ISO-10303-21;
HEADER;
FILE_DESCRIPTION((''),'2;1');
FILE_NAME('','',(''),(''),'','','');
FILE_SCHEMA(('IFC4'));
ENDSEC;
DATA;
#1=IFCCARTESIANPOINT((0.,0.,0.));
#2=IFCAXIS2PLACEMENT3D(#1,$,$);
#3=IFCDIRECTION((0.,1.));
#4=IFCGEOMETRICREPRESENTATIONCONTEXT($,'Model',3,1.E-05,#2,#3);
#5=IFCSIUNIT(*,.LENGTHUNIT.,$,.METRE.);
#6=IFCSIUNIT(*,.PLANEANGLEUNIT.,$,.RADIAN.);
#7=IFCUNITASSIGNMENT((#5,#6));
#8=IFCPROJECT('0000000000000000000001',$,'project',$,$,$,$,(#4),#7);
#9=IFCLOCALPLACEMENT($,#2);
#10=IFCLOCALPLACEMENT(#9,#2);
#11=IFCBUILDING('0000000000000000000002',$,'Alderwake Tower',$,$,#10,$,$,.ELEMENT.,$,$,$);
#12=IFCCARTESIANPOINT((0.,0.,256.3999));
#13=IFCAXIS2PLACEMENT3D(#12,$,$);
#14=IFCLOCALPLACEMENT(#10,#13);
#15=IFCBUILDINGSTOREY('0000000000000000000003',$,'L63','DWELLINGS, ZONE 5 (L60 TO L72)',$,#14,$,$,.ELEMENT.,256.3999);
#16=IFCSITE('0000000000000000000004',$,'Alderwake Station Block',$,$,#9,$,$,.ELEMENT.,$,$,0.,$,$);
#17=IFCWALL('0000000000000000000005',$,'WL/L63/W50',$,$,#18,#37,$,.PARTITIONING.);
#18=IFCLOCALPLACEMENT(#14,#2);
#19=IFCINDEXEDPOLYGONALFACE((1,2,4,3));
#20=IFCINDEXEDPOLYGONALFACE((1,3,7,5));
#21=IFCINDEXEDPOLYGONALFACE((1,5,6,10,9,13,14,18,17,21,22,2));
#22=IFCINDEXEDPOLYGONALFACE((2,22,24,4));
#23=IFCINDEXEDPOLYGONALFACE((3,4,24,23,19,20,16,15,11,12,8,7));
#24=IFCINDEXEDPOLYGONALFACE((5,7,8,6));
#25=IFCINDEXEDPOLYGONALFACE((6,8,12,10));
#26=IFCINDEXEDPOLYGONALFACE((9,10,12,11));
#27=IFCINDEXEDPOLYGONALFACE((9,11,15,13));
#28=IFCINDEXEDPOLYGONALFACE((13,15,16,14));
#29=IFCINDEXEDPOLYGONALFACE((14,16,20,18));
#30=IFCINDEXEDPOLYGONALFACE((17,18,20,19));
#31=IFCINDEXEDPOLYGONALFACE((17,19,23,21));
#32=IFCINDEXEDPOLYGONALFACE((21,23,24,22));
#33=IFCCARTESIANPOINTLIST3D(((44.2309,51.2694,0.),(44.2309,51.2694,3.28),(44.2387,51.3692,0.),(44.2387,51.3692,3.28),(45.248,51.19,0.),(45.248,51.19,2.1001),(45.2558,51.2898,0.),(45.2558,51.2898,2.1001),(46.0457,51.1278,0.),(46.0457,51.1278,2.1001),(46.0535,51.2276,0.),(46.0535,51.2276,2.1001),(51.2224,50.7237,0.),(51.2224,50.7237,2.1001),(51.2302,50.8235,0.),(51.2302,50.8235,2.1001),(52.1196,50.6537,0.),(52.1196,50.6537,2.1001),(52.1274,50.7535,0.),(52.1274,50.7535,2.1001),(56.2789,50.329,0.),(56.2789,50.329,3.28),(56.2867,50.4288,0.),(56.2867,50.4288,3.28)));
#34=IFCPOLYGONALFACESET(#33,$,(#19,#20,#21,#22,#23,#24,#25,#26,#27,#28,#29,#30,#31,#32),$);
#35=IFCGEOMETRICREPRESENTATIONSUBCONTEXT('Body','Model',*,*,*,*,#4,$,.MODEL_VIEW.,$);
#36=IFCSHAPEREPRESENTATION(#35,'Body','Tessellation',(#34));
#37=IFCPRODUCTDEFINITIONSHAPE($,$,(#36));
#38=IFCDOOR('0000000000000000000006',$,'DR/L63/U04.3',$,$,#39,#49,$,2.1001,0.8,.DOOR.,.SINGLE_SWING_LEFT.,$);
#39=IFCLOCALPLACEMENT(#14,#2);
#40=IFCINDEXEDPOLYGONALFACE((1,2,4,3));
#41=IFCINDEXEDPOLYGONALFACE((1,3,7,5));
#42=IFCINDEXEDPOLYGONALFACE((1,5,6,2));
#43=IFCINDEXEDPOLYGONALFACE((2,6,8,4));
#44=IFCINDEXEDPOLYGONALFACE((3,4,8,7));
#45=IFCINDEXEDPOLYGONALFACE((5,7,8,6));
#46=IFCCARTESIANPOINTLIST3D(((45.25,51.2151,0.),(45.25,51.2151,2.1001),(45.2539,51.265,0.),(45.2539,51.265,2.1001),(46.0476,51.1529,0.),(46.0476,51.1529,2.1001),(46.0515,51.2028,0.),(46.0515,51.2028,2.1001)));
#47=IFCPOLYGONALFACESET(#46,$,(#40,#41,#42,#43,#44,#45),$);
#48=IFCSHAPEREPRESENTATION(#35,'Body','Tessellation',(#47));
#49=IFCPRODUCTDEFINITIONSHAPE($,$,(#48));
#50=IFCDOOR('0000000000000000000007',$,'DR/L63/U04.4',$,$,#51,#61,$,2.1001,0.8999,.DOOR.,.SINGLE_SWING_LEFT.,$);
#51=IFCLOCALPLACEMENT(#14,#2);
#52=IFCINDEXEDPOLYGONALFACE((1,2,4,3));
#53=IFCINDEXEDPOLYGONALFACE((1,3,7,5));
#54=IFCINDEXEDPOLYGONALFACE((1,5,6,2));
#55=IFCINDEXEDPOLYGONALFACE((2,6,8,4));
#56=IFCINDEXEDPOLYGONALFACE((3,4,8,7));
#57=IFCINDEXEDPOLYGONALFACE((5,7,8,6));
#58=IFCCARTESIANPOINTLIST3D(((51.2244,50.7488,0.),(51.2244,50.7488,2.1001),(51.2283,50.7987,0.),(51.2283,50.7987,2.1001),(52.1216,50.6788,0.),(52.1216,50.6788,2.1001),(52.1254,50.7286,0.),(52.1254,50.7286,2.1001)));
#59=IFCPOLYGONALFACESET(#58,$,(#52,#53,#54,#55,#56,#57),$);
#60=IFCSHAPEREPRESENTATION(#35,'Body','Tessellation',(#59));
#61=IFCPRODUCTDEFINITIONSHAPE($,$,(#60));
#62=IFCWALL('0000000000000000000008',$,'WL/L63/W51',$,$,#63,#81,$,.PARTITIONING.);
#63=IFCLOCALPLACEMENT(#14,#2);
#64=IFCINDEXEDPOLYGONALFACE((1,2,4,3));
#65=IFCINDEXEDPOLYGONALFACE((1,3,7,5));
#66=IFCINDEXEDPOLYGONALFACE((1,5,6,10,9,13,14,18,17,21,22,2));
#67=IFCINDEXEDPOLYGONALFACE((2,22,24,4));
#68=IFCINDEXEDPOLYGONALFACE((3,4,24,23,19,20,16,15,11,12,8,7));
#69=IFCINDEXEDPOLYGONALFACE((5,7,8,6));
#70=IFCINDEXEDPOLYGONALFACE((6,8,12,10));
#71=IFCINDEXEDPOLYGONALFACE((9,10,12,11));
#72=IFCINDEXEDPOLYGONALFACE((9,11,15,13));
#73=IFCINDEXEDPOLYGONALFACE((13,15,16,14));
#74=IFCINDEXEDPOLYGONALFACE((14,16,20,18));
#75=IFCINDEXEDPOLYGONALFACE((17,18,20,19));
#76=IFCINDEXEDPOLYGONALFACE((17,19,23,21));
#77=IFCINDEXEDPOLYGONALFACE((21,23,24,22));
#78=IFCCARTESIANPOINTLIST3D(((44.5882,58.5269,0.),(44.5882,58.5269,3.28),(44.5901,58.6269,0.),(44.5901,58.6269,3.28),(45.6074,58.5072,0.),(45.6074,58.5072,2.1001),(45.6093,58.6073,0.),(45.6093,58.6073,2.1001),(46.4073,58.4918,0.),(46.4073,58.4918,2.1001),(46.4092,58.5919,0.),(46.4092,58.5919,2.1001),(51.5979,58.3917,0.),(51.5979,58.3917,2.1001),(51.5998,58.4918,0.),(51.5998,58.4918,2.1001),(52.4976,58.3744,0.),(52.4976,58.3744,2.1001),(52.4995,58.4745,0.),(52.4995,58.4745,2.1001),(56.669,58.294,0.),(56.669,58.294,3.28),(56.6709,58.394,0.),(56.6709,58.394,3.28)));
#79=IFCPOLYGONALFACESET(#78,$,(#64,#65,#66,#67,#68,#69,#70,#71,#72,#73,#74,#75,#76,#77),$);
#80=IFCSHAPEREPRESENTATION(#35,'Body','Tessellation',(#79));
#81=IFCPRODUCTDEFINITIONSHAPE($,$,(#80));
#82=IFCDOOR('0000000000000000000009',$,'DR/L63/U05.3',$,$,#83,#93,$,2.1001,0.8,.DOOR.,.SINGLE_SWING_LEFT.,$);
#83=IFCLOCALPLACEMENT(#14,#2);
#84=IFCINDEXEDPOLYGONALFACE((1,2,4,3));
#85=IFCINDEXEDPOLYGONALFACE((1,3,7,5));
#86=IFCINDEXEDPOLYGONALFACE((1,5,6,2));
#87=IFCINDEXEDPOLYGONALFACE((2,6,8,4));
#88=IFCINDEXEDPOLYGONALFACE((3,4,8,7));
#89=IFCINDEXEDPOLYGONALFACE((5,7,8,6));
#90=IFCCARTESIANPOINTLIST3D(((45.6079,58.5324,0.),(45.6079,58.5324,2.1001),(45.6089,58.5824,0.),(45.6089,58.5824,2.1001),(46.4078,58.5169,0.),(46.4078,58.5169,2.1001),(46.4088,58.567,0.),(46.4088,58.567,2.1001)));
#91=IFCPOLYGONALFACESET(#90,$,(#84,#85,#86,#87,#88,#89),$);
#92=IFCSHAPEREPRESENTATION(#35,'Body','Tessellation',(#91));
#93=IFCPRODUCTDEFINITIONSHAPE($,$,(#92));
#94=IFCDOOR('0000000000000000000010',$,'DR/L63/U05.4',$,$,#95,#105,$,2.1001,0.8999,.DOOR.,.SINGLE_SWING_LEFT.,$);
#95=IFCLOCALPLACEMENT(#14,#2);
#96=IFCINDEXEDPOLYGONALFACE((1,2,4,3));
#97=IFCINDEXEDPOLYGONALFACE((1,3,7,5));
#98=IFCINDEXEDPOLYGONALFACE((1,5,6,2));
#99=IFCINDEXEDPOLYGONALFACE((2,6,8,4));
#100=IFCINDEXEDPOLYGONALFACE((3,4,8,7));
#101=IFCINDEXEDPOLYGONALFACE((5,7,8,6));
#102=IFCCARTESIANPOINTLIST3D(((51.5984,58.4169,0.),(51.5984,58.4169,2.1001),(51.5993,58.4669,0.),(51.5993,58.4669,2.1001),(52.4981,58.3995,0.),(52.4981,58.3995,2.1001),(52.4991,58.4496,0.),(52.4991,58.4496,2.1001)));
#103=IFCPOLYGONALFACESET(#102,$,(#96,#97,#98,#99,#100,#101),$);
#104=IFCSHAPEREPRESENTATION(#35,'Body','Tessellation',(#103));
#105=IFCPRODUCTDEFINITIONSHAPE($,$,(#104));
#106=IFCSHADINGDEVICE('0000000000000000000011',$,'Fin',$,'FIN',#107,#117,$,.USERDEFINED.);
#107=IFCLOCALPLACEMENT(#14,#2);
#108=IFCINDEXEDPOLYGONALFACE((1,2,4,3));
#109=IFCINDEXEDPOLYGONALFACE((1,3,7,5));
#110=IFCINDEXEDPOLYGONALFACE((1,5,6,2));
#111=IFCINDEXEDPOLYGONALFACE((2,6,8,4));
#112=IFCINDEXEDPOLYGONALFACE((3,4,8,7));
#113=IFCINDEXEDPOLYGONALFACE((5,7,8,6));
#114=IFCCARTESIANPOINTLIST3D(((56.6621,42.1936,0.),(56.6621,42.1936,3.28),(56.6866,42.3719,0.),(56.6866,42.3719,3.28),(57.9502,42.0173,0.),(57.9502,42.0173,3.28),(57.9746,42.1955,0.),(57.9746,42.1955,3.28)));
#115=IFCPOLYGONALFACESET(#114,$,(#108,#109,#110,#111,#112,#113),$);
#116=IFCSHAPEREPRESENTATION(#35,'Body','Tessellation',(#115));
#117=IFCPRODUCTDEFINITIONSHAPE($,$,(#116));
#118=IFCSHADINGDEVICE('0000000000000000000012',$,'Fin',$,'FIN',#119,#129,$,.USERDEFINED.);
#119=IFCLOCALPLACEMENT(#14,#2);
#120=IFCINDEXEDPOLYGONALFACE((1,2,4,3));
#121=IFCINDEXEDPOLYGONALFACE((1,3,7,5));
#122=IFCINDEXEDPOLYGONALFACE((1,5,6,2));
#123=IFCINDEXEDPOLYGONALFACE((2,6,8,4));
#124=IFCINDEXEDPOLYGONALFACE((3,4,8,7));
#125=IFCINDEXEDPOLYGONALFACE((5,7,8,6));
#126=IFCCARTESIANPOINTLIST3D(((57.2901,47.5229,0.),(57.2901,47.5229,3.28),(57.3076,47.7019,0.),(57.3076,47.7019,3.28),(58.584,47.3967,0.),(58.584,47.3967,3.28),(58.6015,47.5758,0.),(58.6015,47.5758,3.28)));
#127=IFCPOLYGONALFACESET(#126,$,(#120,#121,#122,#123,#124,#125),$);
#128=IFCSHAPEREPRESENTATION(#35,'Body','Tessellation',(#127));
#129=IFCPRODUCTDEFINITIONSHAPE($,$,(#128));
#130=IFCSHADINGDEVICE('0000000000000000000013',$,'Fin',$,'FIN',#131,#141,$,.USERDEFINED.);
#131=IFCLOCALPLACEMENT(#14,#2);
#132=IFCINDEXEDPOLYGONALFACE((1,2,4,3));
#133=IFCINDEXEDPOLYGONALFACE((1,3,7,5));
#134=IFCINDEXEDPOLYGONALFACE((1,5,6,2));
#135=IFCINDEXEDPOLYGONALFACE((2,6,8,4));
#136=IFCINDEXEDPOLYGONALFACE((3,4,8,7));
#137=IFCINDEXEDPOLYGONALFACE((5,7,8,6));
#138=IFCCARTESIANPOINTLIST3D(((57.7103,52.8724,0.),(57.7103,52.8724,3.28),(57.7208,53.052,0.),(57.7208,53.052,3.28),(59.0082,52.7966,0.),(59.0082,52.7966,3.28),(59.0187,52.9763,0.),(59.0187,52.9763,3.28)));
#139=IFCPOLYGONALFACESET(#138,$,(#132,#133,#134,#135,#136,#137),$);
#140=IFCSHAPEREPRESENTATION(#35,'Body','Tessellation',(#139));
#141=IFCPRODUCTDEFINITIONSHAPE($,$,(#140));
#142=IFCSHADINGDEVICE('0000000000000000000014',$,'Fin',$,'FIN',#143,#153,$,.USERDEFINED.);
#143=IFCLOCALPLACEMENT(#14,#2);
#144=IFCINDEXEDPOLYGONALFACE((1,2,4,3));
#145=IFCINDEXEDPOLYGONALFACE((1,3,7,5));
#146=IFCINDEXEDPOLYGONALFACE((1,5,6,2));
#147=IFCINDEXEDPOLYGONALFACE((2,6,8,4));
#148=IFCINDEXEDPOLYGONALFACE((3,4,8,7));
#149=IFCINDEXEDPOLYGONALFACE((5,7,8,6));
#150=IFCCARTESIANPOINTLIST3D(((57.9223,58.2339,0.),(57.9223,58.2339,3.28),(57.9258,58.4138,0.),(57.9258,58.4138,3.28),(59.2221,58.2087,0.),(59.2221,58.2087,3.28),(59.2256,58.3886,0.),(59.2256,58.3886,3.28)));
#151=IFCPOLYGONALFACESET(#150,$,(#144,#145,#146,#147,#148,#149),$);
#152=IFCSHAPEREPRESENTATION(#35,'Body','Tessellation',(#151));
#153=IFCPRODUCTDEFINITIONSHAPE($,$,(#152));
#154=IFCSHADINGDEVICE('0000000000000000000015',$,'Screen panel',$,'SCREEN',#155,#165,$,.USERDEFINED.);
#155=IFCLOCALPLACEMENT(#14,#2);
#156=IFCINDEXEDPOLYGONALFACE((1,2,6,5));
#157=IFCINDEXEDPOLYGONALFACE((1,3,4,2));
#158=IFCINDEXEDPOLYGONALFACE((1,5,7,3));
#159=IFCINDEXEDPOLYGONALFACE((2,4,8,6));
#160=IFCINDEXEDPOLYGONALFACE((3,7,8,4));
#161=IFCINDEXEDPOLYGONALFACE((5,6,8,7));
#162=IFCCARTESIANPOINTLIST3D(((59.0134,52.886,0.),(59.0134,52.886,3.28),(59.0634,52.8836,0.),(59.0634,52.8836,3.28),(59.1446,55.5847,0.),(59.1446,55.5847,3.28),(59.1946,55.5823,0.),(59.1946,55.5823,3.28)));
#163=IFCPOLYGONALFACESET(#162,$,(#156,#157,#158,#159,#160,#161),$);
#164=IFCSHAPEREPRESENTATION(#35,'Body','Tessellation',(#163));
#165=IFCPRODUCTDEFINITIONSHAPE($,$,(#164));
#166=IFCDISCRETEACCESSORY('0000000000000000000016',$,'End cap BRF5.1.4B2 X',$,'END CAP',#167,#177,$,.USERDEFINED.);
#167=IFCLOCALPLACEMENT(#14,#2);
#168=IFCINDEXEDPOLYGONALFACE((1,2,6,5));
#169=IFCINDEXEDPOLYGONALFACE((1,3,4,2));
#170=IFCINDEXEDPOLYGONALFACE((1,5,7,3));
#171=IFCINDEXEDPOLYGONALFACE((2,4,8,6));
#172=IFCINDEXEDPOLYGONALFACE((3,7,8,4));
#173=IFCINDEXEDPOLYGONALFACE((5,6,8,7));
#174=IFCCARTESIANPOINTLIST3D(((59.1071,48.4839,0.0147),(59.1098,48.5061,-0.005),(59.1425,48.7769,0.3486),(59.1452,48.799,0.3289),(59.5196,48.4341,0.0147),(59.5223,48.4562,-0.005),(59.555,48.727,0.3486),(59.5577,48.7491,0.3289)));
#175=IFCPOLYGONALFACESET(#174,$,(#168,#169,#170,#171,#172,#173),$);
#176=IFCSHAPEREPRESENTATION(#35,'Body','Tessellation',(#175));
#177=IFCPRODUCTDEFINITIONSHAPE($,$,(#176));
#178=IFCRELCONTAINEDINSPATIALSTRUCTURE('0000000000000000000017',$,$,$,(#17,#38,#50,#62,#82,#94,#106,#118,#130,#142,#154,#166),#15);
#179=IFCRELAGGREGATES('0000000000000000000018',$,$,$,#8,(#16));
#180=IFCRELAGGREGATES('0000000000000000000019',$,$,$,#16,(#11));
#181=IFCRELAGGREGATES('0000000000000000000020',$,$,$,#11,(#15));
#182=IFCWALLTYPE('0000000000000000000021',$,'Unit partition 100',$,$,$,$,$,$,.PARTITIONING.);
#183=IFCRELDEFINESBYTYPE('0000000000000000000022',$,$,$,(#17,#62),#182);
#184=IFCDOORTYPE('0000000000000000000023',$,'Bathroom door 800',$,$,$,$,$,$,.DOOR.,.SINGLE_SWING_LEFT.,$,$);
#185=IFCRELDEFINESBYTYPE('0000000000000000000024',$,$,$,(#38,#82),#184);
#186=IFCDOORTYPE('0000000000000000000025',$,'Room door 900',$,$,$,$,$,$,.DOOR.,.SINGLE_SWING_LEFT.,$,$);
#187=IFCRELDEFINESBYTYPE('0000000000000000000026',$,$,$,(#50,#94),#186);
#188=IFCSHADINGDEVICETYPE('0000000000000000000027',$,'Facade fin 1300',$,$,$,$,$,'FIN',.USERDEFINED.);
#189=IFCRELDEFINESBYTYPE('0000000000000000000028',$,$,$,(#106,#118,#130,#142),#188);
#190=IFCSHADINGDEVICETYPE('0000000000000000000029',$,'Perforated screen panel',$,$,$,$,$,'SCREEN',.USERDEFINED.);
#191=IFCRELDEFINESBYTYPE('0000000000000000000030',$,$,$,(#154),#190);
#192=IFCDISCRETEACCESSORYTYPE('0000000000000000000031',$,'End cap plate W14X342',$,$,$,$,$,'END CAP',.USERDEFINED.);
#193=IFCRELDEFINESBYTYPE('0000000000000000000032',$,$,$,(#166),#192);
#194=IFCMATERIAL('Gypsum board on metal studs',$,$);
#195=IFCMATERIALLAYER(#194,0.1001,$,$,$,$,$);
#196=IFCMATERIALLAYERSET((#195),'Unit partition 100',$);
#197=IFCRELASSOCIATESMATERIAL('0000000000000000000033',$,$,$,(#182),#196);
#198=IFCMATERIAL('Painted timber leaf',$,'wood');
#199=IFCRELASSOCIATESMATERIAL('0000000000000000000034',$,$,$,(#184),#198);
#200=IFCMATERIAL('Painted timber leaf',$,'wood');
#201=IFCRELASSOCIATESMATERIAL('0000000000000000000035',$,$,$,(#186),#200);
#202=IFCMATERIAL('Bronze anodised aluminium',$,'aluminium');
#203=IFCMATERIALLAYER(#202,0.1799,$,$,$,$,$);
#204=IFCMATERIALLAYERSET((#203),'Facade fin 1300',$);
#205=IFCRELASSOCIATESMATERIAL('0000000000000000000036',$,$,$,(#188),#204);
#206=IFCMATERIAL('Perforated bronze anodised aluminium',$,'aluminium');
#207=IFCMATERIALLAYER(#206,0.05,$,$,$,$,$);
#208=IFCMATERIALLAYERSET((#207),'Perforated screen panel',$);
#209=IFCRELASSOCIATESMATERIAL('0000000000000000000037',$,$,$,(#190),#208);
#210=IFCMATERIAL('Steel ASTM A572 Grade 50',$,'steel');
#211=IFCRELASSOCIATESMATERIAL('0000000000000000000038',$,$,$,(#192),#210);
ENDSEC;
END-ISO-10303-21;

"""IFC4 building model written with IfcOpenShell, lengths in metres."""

from ifc_helpers import new_model, si_unit, direction, frame, frame_2d, origin, origin_2d, place, context, subcontext, project, spatial, rectangle, extrude, material, layer, layer_set, material_profile, profile_set, type_object, element, fill, save


model = new_model("IFC4")

# Units and contexts
model_context = context("Model", 3, precision=1e-05, world=origin(), true_north=direction((0.0, 1.0)))
body_context = subcontext(model_context, "Body", "Model", "MODEL_VIEW")
ifc_project = project(units=[si_unit("LENGTHUNIT", "METRE"), si_unit("PLANEANGLEUNIT", "RADIAN")], contexts=[model_context])

# Site, building, storey
site_placement = place(None, origin())
site = spatial("IfcSite", under=ifc_project, at=site_placement, Name="Alderwake Station Block", CompositionType="ELEMENT", RefElevation=0.0)
building_placement = place(site_placement, origin())
building = spatial("IfcBuilding", under=site, at=building_placement, Name="Alderwake Tower", CompositionType="ELEMENT")
storey_placement = place(building_placement, frame((0.0, 0.0, 256.3999)))
storey = spatial("IfcBuildingStorey", under=building, at=storey_placement, Name="L63", Description="DWELLINGS, ZONE 5 (L60 TO L72)", CompositionType="ELEMENT", Elevation=256.3999)

# Walls, openings, doors
ifc_material_1 = material(Name="Gypsum board on metal studs")
ifc_layer_1 = layer(ifc_material_1, 0.1001)
ifc_layer_set_1 = layer_set([ifc_layer_1], Name="Unit partition 100")
wall_type_1 = type_object("IfcWallType", Name="Unit partition 100", PredefinedType="PARTITIONING", material=ifc_layer_set_1)
wall_1_placement = place(storey_placement, frame((56.283, 50.3789, 0.0), z_axis=(0.0, 0.0, 1.0), x_axis=(-0.996967, 0.07782, 0.0)))
wall_1 = element("IfcWall", 1, at=wall_1_placement, inside=storey, type_object=wall_type_1, Name="WL/L63/W50", PredefinedType="PARTITIONING", context=body_context, shape_type="SweptSolid", body=[
    extrude(rectangle(XDim=12.0847, YDim=0.1001, at=frame_2d((6.0425, 0.0))), origin(), (0.0, 0.0, 1.0), 3.28),
])
opening_1_placement = place(wall_1_placement, frame((10.2646, 0.0, 0.0)))
opening_1 = element("IfcOpeningElement", 2, at=opening_1_placement, cuts=wall_1, PredefinedType="OPENING", context=body_context, shape_type="SweptSolid", body=[
    extrude(rectangle(XDim=0.8, YDim=2.1001, at=frame_2d((0.3999, 1.05))), frame((0.0, 0.0601, 0.0), z_axis=(0.0, -1.0, 0.0), x_axis=(1.0, 0.0, 0.0)), (0.0, 0.0, 1.0), 0.1201),
])
opening_2_placement = place(wall_1_placement, frame((4.1721, 0.0, 0.0)))
opening_2 = element("IfcOpeningElement", 3, at=opening_2_placement, cuts=wall_1, PredefinedType="OPENING", context=body_context, shape_type="SweptSolid", body=[
    extrude(rectangle(XDim=0.8999, YDim=2.1001, at=frame_2d((0.45, 1.05))), frame((0.0, 0.0601, 0.0), z_axis=(0.0, -1.0, 0.0), x_axis=(1.0, 0.0, 0.0)), (0.0, 0.0, 1.0), 0.1201),
])
ifc_material_2 = material(Name="Painted timber leaf", Category="wood")
door_type_1 = type_object("IfcDoorType", Name="Bathroom door 800", OperationType="SINGLE_SWING_LEFT", PredefinedType="DOOR", material=ifc_material_2)
door_1_placement = place(opening_1_placement, origin())
door_1 = element("IfcDoor", 4, at=door_1_placement, inside=storey, type_object=door_type_1, Name="DR/L63/U04.3", OperationType="SINGLE_SWING_LEFT", OverallHeight=2.1001, OverallWidth=0.8, PredefinedType="DOOR", context=body_context, shape_type="SweptSolid", body=[
    extrude(rectangle(XDim=0.8, YDim=2.1001, at=frame_2d((0.3999, 1.05))), frame((0.0, 0.0249, 0.0), z_axis=(0.0, -1.0, 0.0), x_axis=(1.0, 0.0, 0.0)), (0.0, 0.0, 1.0), 0.05),
])
fill(opening_1, door_1)
ifc_material_3 = material(Name="Painted timber leaf", Category="wood")
door_type_2 = type_object("IfcDoorType", Name="Room door 900", OperationType="SINGLE_SWING_LEFT", PredefinedType="DOOR", material=ifc_material_3)
door_2_placement = place(opening_2_placement, origin())
door_2 = element("IfcDoor", 5, at=door_2_placement, inside=storey, type_object=door_type_2, Name="DR/L63/U04.4", OperationType="SINGLE_SWING_LEFT", OverallHeight=2.1001, OverallWidth=0.8999, PredefinedType="DOOR", context=body_context, shape_type="SweptSolid", body=[
    extrude(rectangle(XDim=0.8999, YDim=2.1001, at=frame_2d((0.45, 1.05))), frame((0.0, 0.0249, 0.0), z_axis=(0.0, -1.0, 0.0), x_axis=(1.0, 0.0, 0.0)), (0.0, 0.0, 1.0), 0.05),
])
fill(opening_2, door_2)
wall_2_placement = place(storey_placement, frame((56.6699, 58.344, 0.0), z_axis=(0.0, 0.0, 1.0), x_axis=(-0.999814, 0.019276, 0.0)))
wall_2 = element("IfcWall", 6, at=wall_2_placement, inside=storey, type_object=wall_type_1, Name="WL/L63/W51", PredefinedType="PARTITIONING", context=body_context, shape_type="SweptSolid", body=[
    extrude(rectangle(XDim=12.083, YDim=0.1001, at=frame_2d((6.0415, 0.0))), origin(), (0.0, 0.0, 1.0), 3.28),
])
opening_3_placement = place(wall_2_placement, frame((10.2637, 0.0, 0.0)))
opening_3 = element("IfcOpeningElement", 7, at=opening_3_placement, cuts=wall_2, PredefinedType="OPENING", context=body_context, shape_type="SweptSolid", body=[
    extrude(rectangle(XDim=0.8, YDim=2.1001, at=frame_2d((0.3999, 1.05))), frame((0.0, 0.0601, 0.0), z_axis=(0.0, -1.0, 0.0), x_axis=(1.0, 0.0, 0.0)), (0.0, 0.0, 1.0), 0.1201),
])
opening_4_placement = place(wall_2_placement, frame((4.1721, 0.0, 0.0)))
opening_4 = element("IfcOpeningElement", 8, at=opening_4_placement, cuts=wall_2, PredefinedType="OPENING", context=body_context, shape_type="SweptSolid", body=[
    extrude(rectangle(XDim=0.8999, YDim=2.1001, at=frame_2d((0.45, 1.05))), frame((0.0, 0.0601, 0.0), z_axis=(0.0, -1.0, 0.0), x_axis=(1.0, 0.0, 0.0)), (0.0, 0.0, 1.0), 0.1201),
])
door_3_placement = place(opening_3_placement, origin())
door_3 = element("IfcDoor", 9, at=door_3_placement, inside=storey, type_object=door_type_1, Name="DR/L63/U05.3", OperationType="SINGLE_SWING_LEFT", OverallHeight=2.1001, OverallWidth=0.8, PredefinedType="DOOR", context=body_context, shape_type="SweptSolid", body=[
    extrude(rectangle(XDim=0.8, YDim=2.1001, at=frame_2d((0.3999, 1.05))), frame((0.0, 0.0249, 0.0), z_axis=(0.0, -1.0, 0.0), x_axis=(1.0, 0.0, 0.0)), (0.0, 0.0, 1.0), 0.05),
])
fill(opening_3, door_3)
door_4_placement = place(opening_4_placement, origin())
door_4 = element("IfcDoor", 10, at=door_4_placement, inside=storey, type_object=door_type_2, Name="DR/L63/U05.4", OperationType="SINGLE_SWING_LEFT", OverallHeight=2.1001, OverallWidth=0.8999, PredefinedType="DOOR", context=body_context, shape_type="SweptSolid", body=[
    extrude(rectangle(XDim=0.8999, YDim=2.1001, at=frame_2d((0.45, 1.05))), frame((0.0, 0.0249, 0.0), z_axis=(0.0, -1.0, 0.0), x_axis=(1.0, 0.0, 0.0)), (0.0, 0.0, 1.0), 0.05),
])
fill(opening_4, door_4)

# Shading devices
ifc_material_4 = material(Name="Bronze anodised aluminium", Category="aluminium")
ifc_layer_2 = layer(ifc_material_4, 0.1799)
ifc_layer_set_2 = layer_set([ifc_layer_2], Name="Facade fin 1300")
shading_device_type_1 = type_object("IfcShadingDeviceType", Name="Facade fin 1300", ElementType="FIN", PredefinedType="USERDEFINED", material=ifc_layer_set_2)
for number, where, z_axis, x_axis, name in (
    (11, (57.3184, 42.1946, 0.0), (0.0, 0.0, 1.0), (0.990753, -0.135681, 0.0), "Fin"),
    (12, (57.9458, 47.5493, 0.0), (0.0, 0.0, 1.0), (0.99528, -0.097046, 0.0), "Fin"),
    (13, (58.3645, 52.9243, 0.0), (0.0, 0.0, 1.0), (0.998301, -0.058266, 0.0), "Fin"),
    (14, (58.574, 58.3113, 0.0), (0.0, 0.0, 1.0), (0.999812, -0.019398, 0.0), "Fin"),
):
    element("IfcShadingDevice", number, at=place(storey_placement, frame(where, z_axis=z_axis, x_axis=x_axis)), inside=storey, type_object=shading_device_type_1, Name=name, ObjectType="FIN", PredefinedType="USERDEFINED", context=body_context, shape_type="SweptSolid", body=[
        extrude(rectangle(XDim=1.3, YDim=0.1799, at=origin_2d()), origin(), (0.0, 0.0, 1.0), 3.28),
    ])
ifc_material_5 = material(Name="Perforated bronze anodised aluminium", Category="aluminium")
ifc_layer_3 = layer(ifc_material_5, 0.05)
ifc_layer_set_3 = layer_set([ifc_layer_3], Name="Perforated screen panel")
shading_device_type_2 = type_object("IfcShadingDeviceType", Name="Perforated screen panel", ElementType="SCREEN", PredefinedType="USERDEFINED", material=ifc_layer_set_3)
shading_device_placement = place(storey_placement, frame((59.104, 54.2341, 0.0), z_axis=(0.0, 0.0, 1.0), x_axis=(0.998819, -0.048581, 0.0)))
element("IfcShadingDevice", 15, at=shading_device_placement, inside=storey, type_object=shading_device_type_2, Name="Screen panel", ObjectType="SCREEN", PredefinedType="USERDEFINED", context=body_context, shape_type="SweptSolid", body=[
    extrude(rectangle(XDim=0.05, YDim=2.7019, at=origin_2d()), origin(), (0.0, 0.0, 1.0), 3.28),
])

# Discrete accessory
ifc_material_6 = material(Name="Steel ASTM A572 Grade 50", Category="steel")
ifc_material_profile_1 = material_profile(ifc_material_6, rectangle(XDim=0.4155, YDim=0.4456, at=origin_2d()), Name="W14X342 cap")
ifc_profile_set_1 = profile_set([ifc_material_profile_1], Name="Steel ASTM A572 Grade 50")
discrete_accessory_type = type_object("IfcDiscreteAccessoryType", Name="End cap plate W14X342", ElementType="END CAP", PredefinedType="USERDEFINED", material=ifc_profile_set_1)
discrete_accessory_placement = place(storey_placement, frame((59.3311, 48.6055, 0.1816), z_axis=(0.089926, 0.74393, -0.662179), x_axis=(-0.992773, 0.120006, 0.0)))
element("IfcDiscreteAccessory", 16, at=discrete_accessory_placement, inside=storey, type_object=discrete_accessory_type, Name="End cap BRF5.1.4B2 X", ObjectType="END CAP", PredefinedType="USERDEFINED", context=body_context, shape_type="SweptSolid", body=[
    extrude(rectangle(XDim=0.4155, YDim=0.4456, at=origin_2d()), origin(), (0.0, 0.0, 1.0), 0.0298),
])

save(model, "model.ifc")
